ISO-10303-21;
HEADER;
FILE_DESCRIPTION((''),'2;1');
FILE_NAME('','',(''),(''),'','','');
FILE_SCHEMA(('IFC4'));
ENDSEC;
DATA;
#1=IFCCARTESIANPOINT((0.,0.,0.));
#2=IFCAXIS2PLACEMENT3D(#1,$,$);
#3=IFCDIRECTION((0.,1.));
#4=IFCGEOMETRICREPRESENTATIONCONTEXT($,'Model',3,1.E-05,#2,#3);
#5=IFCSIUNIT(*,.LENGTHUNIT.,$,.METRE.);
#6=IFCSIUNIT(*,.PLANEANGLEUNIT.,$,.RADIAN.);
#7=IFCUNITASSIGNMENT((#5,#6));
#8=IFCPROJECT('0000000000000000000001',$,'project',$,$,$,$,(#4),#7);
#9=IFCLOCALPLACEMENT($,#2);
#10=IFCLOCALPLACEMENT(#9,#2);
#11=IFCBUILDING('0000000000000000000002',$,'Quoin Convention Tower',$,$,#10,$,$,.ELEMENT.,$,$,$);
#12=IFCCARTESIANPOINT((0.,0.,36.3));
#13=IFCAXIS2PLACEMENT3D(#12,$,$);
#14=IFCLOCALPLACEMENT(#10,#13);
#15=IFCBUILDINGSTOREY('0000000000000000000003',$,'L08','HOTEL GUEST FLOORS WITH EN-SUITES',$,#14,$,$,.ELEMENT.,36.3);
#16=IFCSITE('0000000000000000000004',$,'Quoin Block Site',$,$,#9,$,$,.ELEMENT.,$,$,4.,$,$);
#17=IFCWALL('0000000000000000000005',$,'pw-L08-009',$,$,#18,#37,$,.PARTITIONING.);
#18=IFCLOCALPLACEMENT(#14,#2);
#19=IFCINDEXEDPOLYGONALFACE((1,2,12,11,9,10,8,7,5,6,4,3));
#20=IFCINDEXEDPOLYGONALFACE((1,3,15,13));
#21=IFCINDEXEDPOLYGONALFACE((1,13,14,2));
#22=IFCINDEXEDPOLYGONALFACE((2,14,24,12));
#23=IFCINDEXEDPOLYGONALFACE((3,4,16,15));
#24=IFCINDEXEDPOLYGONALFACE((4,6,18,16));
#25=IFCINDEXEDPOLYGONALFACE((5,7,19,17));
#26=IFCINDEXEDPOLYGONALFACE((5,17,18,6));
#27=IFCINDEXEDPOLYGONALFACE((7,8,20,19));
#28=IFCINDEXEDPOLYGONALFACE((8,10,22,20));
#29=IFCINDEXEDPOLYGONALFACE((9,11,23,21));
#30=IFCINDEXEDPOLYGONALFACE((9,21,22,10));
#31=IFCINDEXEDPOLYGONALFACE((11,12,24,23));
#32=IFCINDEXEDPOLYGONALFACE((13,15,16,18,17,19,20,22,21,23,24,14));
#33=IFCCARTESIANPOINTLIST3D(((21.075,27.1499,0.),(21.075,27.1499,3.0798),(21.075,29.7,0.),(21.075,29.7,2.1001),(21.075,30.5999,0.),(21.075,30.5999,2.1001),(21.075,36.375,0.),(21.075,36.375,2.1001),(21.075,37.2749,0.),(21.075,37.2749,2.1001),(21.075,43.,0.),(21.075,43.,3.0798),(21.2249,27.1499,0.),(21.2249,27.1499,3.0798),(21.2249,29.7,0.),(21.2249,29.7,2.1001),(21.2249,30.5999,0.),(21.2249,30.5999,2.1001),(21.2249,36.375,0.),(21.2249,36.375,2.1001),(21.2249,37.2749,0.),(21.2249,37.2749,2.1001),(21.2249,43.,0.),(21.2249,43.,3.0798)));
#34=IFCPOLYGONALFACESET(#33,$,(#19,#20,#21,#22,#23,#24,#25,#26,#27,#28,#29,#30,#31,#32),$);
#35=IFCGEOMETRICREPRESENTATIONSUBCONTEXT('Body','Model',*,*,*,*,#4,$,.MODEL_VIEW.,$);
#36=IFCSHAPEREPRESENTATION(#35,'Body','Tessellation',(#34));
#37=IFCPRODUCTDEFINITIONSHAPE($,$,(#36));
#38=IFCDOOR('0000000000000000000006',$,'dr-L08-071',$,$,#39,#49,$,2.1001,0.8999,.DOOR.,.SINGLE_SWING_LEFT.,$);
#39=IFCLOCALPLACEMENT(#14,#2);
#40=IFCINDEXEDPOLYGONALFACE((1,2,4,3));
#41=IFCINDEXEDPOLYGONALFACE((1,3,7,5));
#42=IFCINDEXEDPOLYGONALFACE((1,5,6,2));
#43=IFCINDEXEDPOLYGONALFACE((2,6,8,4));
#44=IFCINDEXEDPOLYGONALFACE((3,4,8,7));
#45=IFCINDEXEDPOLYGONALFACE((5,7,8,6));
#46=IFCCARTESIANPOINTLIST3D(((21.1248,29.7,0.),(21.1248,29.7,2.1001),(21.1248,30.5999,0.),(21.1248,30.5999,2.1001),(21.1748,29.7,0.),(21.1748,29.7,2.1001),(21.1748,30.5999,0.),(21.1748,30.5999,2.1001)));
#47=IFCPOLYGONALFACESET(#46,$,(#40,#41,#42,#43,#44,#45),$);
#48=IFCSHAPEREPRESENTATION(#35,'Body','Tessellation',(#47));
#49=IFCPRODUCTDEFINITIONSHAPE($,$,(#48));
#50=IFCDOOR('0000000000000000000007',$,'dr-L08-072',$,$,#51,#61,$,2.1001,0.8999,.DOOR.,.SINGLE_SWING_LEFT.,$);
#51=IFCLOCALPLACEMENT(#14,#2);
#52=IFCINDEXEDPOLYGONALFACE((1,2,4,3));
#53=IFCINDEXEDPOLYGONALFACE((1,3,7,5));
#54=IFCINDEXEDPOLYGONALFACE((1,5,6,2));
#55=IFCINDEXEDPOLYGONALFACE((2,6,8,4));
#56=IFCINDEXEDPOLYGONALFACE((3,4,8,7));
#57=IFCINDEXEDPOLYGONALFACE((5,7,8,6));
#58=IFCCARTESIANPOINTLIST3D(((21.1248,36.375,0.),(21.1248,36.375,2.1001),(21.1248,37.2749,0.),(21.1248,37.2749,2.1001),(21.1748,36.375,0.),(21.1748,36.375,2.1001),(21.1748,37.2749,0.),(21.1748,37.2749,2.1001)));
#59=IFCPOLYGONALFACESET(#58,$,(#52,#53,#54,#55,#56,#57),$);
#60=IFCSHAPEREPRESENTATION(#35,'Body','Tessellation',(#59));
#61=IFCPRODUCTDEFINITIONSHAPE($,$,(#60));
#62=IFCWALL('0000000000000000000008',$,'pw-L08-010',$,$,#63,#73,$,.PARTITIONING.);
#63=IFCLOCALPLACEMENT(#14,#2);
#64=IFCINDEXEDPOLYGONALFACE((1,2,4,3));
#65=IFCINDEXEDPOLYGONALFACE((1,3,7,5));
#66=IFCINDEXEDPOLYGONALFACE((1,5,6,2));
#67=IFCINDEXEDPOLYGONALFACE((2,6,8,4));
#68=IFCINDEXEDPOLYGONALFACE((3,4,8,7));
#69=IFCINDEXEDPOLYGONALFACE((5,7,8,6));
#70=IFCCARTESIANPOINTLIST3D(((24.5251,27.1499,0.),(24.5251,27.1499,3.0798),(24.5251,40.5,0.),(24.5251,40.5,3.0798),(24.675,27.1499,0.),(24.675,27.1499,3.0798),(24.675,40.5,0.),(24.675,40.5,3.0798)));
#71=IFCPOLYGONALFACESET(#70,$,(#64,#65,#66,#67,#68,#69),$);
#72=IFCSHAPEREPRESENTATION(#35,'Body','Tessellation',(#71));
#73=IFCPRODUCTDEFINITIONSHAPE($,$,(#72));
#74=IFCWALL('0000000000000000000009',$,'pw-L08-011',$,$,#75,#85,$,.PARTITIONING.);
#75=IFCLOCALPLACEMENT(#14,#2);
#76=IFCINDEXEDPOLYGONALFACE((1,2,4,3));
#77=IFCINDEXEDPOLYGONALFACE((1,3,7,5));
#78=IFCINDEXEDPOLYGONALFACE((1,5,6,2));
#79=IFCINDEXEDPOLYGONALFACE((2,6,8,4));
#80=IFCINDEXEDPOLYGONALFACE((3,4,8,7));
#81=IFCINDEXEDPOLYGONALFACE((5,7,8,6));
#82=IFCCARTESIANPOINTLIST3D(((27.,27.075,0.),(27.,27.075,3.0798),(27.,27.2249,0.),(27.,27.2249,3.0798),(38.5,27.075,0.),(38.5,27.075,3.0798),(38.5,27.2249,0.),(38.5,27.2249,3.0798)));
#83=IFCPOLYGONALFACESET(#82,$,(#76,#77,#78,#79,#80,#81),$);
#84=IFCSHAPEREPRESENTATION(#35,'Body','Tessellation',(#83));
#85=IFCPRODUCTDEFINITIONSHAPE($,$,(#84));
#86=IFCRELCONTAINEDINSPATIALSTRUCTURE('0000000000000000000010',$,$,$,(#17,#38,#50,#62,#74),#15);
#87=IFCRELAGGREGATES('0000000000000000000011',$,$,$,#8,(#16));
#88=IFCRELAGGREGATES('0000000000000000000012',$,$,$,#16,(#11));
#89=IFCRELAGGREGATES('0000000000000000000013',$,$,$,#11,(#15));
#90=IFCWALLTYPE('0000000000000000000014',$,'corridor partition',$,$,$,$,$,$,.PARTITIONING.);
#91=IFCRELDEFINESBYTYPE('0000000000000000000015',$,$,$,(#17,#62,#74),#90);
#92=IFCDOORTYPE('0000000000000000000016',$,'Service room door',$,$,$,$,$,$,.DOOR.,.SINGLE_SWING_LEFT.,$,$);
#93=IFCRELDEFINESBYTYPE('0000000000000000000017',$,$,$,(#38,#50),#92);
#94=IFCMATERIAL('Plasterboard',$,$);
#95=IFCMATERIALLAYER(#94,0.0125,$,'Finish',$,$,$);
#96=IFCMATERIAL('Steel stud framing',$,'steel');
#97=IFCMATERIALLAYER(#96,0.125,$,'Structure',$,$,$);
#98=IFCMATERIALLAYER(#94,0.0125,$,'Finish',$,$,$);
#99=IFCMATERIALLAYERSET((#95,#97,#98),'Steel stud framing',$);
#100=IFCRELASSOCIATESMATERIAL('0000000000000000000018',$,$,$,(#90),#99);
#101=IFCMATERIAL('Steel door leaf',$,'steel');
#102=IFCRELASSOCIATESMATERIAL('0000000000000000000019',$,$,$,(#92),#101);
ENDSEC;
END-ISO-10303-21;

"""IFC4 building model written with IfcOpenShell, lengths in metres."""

from ifc_helpers import new_model, si_unit, direction, frame, frame_2d, origin, place, context, subcontext, project, spatial, rectangle, extrude, material, layer, layer_set, type_object, element, fill, save


model = new_model("IFC4")

# Units and contexts
model_context = context("Model", 3, precision=1e-05, world=origin(), true_north=direction((0.0, 1.0)))
body_context = subcontext(model_context, "Body", "Model", "MODEL_VIEW")
ifc_project = project(units=[si_unit("LENGTHUNIT", "METRE"), si_unit("PLANEANGLEUNIT", "RADIAN")], contexts=[model_context])

# Site, building, storey
site_placement = place(None, origin())
site = spatial("IfcSite", under=ifc_project, at=site_placement, Name="Quoin Block Site", CompositionType="ELEMENT", RefElevation=4.0)
building_placement = place(site_placement, origin())
building = spatial("IfcBuilding", under=site, at=building_placement, Name="Quoin Convention Tower", CompositionType="ELEMENT")
storey_placement = place(building_placement, frame((0.0, 0.0, 36.3)))
storey = spatial("IfcBuildingStorey", under=building, at=storey_placement, Name="L08", Description="HOTEL GUEST FLOORS WITH EN-SUITES", CompositionType="ELEMENT", Elevation=36.3)

# Shared definitions
ifc_material_1 = material(Name="Steel door leaf", Category="steel")

# Shared definitions
ifc_material_2 = material(Name="Plasterboard")
ifc_layer_1 = layer(ifc_material_2, 0.0125, Name="Finish")
ifc_material_3 = material(Name="Steel stud framing", Category="steel")
ifc_layer_2 = layer(ifc_material_3, 0.125, Name="Structure")
ifc_layer_3 = layer(ifc_material_2, 0.0125, Name="Finish")
ifc_layer_set_1 = layer_set([ifc_layer_1, ifc_layer_2, ifc_layer_3], Name="Steel stud framing")
wall_type_1 = type_object("IfcWallType", Name="corridor partition", PredefinedType="PARTITIONING", material=ifc_layer_set_1)

# Wall, openings, doors
wall_1_placement = place(storey_placement, frame((21.1499, 27.1499, 0.0), z_axis=(0.0, 0.0, 1.0), x_axis=(0.0, 1.0, 0.0)))
wall_1 = element("IfcWall", 1, at=wall_1_placement, inside=storey, type_object=wall_type_1, Name="pw-L08-009", PredefinedType="PARTITIONING", context=body_context, shape_type="SweptSolid", body=[
    extrude(rectangle(XDim=15.8501, YDim=0.1499, at=frame_2d((7.925, 0.0))), origin(), (0.0, 0.0, 1.0), 3.0798),
])
opening_1_placement = place(wall_1_placement, frame((2.55, 0.0, 0.0)))
opening_1 = element("IfcOpeningElement", 2, at=opening_1_placement, cuts=wall_1, PredefinedType="OPENING", context=body_context, shape_type="SweptSolid", body=[
    extrude(rectangle(XDim=0.8999, YDim=2.1001, at=frame_2d((0.45, 1.05))), frame((0.0, 0.085, 0.0), z_axis=(0.0, -1.0, 0.0), x_axis=(1.0, 0.0, 0.0)), (0.0, 0.0, 1.0), 0.1699),
])
opening_2_placement = place(wall_1_placement, frame((9.2251, 0.0, 0.0)))
opening_2 = element("IfcOpeningElement", 3, at=opening_2_placement, cuts=wall_1, PredefinedType="OPENING", context=body_context, shape_type="SweptSolid", body=[
    extrude(rectangle(XDim=0.8999, YDim=2.1001, at=frame_2d((0.45, 1.05))), frame((0.0, 0.085, 0.0), z_axis=(0.0, -1.0, 0.0), x_axis=(1.0, 0.0, 0.0)), (0.0, 0.0, 1.0), 0.1699),
])
door_type_1 = type_object("IfcDoorType", Name="Service room door", OperationType="SINGLE_SWING_LEFT", PredefinedType="DOOR", material=ifc_material_1)
door_1_placement = place(opening_1_placement, frame((0.8999, 0.0, 0.0), z_axis=(0.0, 0.0, 1.0), x_axis=(-1.0, 0.0, 0.0)))
door_1 = element("IfcDoor", 4, at=door_1_placement, inside=storey, type_object=door_type_1, Name="dr-L08-071", OperationType="SINGLE_SWING_LEFT", OverallHeight=2.1001, OverallWidth=0.8999, PredefinedType="DOOR", context=body_context, shape_type="SweptSolid", body=[
    extrude(rectangle(XDim=0.8999, YDim=2.1001, at=frame_2d((0.45, 1.05))), frame((0.0, 0.0249, 0.0), z_axis=(0.0, -1.0, 0.0), x_axis=(1.0, 0.0, 0.0)), (0.0, 0.0, 1.0), 0.05),
])
fill(opening_1, door_1)
door_2_placement = place(opening_2_placement, frame((0.8999, 0.0, 0.0), z_axis=(0.0, 0.0, 1.0), x_axis=(-1.0, 0.0, 0.0)))
door_2 = element("IfcDoor", 5, at=door_2_placement, inside=storey, type_object=door_type_1, Name="dr-L08-072", OperationType="SINGLE_SWING_LEFT", OverallHeight=2.1001, OverallWidth=0.8999, PredefinedType="DOOR", context=body_context, shape_type="SweptSolid", body=[
    extrude(rectangle(XDim=0.8999, YDim=2.1001, at=frame_2d((0.45, 1.05))), frame((0.0, 0.0249, 0.0), z_axis=(0.0, -1.0, 0.0), x_axis=(1.0, 0.0, 0.0)), (0.0, 0.0, 1.0), 0.05),
])
fill(opening_2, door_2)

# Walls
wall_2_placement = place(storey_placement, frame((24.6001, 27.1499, 0.0), z_axis=(0.0, 0.0, 1.0), x_axis=(0.0, 1.0, 0.0)))
element("IfcWall", 6, at=wall_2_placement, inside=storey, type_object=wall_type_1, Name="pw-L08-010", PredefinedType="PARTITIONING", context=body_context, shape_type="SweptSolid", body=[
    extrude(rectangle(XDim=13.3501, YDim=0.1499, at=frame_2d((6.675, 0.0))), origin(), (0.0, 0.0, 1.0), 3.0798),
])
wall_3_placement = place(storey_placement, frame((27.0, 27.1499, 0.0), z_axis=(0.0, 0.0, 1.0), x_axis=(1.0, 0.0, 0.0)))
element("IfcWall", 7, at=wall_3_placement, inside=storey, type_object=wall_type_1, Name="pw-L08-011", PredefinedType="PARTITIONING", context=body_context, shape_type="SweptSolid", body=[
    extrude(rectangle(XDim=11.5, YDim=0.1499, at=frame_2d((5.75, 0.0))), origin(), (0.0, 0.0, 1.0), 3.0798),
])

save(model, "model.ifc")
